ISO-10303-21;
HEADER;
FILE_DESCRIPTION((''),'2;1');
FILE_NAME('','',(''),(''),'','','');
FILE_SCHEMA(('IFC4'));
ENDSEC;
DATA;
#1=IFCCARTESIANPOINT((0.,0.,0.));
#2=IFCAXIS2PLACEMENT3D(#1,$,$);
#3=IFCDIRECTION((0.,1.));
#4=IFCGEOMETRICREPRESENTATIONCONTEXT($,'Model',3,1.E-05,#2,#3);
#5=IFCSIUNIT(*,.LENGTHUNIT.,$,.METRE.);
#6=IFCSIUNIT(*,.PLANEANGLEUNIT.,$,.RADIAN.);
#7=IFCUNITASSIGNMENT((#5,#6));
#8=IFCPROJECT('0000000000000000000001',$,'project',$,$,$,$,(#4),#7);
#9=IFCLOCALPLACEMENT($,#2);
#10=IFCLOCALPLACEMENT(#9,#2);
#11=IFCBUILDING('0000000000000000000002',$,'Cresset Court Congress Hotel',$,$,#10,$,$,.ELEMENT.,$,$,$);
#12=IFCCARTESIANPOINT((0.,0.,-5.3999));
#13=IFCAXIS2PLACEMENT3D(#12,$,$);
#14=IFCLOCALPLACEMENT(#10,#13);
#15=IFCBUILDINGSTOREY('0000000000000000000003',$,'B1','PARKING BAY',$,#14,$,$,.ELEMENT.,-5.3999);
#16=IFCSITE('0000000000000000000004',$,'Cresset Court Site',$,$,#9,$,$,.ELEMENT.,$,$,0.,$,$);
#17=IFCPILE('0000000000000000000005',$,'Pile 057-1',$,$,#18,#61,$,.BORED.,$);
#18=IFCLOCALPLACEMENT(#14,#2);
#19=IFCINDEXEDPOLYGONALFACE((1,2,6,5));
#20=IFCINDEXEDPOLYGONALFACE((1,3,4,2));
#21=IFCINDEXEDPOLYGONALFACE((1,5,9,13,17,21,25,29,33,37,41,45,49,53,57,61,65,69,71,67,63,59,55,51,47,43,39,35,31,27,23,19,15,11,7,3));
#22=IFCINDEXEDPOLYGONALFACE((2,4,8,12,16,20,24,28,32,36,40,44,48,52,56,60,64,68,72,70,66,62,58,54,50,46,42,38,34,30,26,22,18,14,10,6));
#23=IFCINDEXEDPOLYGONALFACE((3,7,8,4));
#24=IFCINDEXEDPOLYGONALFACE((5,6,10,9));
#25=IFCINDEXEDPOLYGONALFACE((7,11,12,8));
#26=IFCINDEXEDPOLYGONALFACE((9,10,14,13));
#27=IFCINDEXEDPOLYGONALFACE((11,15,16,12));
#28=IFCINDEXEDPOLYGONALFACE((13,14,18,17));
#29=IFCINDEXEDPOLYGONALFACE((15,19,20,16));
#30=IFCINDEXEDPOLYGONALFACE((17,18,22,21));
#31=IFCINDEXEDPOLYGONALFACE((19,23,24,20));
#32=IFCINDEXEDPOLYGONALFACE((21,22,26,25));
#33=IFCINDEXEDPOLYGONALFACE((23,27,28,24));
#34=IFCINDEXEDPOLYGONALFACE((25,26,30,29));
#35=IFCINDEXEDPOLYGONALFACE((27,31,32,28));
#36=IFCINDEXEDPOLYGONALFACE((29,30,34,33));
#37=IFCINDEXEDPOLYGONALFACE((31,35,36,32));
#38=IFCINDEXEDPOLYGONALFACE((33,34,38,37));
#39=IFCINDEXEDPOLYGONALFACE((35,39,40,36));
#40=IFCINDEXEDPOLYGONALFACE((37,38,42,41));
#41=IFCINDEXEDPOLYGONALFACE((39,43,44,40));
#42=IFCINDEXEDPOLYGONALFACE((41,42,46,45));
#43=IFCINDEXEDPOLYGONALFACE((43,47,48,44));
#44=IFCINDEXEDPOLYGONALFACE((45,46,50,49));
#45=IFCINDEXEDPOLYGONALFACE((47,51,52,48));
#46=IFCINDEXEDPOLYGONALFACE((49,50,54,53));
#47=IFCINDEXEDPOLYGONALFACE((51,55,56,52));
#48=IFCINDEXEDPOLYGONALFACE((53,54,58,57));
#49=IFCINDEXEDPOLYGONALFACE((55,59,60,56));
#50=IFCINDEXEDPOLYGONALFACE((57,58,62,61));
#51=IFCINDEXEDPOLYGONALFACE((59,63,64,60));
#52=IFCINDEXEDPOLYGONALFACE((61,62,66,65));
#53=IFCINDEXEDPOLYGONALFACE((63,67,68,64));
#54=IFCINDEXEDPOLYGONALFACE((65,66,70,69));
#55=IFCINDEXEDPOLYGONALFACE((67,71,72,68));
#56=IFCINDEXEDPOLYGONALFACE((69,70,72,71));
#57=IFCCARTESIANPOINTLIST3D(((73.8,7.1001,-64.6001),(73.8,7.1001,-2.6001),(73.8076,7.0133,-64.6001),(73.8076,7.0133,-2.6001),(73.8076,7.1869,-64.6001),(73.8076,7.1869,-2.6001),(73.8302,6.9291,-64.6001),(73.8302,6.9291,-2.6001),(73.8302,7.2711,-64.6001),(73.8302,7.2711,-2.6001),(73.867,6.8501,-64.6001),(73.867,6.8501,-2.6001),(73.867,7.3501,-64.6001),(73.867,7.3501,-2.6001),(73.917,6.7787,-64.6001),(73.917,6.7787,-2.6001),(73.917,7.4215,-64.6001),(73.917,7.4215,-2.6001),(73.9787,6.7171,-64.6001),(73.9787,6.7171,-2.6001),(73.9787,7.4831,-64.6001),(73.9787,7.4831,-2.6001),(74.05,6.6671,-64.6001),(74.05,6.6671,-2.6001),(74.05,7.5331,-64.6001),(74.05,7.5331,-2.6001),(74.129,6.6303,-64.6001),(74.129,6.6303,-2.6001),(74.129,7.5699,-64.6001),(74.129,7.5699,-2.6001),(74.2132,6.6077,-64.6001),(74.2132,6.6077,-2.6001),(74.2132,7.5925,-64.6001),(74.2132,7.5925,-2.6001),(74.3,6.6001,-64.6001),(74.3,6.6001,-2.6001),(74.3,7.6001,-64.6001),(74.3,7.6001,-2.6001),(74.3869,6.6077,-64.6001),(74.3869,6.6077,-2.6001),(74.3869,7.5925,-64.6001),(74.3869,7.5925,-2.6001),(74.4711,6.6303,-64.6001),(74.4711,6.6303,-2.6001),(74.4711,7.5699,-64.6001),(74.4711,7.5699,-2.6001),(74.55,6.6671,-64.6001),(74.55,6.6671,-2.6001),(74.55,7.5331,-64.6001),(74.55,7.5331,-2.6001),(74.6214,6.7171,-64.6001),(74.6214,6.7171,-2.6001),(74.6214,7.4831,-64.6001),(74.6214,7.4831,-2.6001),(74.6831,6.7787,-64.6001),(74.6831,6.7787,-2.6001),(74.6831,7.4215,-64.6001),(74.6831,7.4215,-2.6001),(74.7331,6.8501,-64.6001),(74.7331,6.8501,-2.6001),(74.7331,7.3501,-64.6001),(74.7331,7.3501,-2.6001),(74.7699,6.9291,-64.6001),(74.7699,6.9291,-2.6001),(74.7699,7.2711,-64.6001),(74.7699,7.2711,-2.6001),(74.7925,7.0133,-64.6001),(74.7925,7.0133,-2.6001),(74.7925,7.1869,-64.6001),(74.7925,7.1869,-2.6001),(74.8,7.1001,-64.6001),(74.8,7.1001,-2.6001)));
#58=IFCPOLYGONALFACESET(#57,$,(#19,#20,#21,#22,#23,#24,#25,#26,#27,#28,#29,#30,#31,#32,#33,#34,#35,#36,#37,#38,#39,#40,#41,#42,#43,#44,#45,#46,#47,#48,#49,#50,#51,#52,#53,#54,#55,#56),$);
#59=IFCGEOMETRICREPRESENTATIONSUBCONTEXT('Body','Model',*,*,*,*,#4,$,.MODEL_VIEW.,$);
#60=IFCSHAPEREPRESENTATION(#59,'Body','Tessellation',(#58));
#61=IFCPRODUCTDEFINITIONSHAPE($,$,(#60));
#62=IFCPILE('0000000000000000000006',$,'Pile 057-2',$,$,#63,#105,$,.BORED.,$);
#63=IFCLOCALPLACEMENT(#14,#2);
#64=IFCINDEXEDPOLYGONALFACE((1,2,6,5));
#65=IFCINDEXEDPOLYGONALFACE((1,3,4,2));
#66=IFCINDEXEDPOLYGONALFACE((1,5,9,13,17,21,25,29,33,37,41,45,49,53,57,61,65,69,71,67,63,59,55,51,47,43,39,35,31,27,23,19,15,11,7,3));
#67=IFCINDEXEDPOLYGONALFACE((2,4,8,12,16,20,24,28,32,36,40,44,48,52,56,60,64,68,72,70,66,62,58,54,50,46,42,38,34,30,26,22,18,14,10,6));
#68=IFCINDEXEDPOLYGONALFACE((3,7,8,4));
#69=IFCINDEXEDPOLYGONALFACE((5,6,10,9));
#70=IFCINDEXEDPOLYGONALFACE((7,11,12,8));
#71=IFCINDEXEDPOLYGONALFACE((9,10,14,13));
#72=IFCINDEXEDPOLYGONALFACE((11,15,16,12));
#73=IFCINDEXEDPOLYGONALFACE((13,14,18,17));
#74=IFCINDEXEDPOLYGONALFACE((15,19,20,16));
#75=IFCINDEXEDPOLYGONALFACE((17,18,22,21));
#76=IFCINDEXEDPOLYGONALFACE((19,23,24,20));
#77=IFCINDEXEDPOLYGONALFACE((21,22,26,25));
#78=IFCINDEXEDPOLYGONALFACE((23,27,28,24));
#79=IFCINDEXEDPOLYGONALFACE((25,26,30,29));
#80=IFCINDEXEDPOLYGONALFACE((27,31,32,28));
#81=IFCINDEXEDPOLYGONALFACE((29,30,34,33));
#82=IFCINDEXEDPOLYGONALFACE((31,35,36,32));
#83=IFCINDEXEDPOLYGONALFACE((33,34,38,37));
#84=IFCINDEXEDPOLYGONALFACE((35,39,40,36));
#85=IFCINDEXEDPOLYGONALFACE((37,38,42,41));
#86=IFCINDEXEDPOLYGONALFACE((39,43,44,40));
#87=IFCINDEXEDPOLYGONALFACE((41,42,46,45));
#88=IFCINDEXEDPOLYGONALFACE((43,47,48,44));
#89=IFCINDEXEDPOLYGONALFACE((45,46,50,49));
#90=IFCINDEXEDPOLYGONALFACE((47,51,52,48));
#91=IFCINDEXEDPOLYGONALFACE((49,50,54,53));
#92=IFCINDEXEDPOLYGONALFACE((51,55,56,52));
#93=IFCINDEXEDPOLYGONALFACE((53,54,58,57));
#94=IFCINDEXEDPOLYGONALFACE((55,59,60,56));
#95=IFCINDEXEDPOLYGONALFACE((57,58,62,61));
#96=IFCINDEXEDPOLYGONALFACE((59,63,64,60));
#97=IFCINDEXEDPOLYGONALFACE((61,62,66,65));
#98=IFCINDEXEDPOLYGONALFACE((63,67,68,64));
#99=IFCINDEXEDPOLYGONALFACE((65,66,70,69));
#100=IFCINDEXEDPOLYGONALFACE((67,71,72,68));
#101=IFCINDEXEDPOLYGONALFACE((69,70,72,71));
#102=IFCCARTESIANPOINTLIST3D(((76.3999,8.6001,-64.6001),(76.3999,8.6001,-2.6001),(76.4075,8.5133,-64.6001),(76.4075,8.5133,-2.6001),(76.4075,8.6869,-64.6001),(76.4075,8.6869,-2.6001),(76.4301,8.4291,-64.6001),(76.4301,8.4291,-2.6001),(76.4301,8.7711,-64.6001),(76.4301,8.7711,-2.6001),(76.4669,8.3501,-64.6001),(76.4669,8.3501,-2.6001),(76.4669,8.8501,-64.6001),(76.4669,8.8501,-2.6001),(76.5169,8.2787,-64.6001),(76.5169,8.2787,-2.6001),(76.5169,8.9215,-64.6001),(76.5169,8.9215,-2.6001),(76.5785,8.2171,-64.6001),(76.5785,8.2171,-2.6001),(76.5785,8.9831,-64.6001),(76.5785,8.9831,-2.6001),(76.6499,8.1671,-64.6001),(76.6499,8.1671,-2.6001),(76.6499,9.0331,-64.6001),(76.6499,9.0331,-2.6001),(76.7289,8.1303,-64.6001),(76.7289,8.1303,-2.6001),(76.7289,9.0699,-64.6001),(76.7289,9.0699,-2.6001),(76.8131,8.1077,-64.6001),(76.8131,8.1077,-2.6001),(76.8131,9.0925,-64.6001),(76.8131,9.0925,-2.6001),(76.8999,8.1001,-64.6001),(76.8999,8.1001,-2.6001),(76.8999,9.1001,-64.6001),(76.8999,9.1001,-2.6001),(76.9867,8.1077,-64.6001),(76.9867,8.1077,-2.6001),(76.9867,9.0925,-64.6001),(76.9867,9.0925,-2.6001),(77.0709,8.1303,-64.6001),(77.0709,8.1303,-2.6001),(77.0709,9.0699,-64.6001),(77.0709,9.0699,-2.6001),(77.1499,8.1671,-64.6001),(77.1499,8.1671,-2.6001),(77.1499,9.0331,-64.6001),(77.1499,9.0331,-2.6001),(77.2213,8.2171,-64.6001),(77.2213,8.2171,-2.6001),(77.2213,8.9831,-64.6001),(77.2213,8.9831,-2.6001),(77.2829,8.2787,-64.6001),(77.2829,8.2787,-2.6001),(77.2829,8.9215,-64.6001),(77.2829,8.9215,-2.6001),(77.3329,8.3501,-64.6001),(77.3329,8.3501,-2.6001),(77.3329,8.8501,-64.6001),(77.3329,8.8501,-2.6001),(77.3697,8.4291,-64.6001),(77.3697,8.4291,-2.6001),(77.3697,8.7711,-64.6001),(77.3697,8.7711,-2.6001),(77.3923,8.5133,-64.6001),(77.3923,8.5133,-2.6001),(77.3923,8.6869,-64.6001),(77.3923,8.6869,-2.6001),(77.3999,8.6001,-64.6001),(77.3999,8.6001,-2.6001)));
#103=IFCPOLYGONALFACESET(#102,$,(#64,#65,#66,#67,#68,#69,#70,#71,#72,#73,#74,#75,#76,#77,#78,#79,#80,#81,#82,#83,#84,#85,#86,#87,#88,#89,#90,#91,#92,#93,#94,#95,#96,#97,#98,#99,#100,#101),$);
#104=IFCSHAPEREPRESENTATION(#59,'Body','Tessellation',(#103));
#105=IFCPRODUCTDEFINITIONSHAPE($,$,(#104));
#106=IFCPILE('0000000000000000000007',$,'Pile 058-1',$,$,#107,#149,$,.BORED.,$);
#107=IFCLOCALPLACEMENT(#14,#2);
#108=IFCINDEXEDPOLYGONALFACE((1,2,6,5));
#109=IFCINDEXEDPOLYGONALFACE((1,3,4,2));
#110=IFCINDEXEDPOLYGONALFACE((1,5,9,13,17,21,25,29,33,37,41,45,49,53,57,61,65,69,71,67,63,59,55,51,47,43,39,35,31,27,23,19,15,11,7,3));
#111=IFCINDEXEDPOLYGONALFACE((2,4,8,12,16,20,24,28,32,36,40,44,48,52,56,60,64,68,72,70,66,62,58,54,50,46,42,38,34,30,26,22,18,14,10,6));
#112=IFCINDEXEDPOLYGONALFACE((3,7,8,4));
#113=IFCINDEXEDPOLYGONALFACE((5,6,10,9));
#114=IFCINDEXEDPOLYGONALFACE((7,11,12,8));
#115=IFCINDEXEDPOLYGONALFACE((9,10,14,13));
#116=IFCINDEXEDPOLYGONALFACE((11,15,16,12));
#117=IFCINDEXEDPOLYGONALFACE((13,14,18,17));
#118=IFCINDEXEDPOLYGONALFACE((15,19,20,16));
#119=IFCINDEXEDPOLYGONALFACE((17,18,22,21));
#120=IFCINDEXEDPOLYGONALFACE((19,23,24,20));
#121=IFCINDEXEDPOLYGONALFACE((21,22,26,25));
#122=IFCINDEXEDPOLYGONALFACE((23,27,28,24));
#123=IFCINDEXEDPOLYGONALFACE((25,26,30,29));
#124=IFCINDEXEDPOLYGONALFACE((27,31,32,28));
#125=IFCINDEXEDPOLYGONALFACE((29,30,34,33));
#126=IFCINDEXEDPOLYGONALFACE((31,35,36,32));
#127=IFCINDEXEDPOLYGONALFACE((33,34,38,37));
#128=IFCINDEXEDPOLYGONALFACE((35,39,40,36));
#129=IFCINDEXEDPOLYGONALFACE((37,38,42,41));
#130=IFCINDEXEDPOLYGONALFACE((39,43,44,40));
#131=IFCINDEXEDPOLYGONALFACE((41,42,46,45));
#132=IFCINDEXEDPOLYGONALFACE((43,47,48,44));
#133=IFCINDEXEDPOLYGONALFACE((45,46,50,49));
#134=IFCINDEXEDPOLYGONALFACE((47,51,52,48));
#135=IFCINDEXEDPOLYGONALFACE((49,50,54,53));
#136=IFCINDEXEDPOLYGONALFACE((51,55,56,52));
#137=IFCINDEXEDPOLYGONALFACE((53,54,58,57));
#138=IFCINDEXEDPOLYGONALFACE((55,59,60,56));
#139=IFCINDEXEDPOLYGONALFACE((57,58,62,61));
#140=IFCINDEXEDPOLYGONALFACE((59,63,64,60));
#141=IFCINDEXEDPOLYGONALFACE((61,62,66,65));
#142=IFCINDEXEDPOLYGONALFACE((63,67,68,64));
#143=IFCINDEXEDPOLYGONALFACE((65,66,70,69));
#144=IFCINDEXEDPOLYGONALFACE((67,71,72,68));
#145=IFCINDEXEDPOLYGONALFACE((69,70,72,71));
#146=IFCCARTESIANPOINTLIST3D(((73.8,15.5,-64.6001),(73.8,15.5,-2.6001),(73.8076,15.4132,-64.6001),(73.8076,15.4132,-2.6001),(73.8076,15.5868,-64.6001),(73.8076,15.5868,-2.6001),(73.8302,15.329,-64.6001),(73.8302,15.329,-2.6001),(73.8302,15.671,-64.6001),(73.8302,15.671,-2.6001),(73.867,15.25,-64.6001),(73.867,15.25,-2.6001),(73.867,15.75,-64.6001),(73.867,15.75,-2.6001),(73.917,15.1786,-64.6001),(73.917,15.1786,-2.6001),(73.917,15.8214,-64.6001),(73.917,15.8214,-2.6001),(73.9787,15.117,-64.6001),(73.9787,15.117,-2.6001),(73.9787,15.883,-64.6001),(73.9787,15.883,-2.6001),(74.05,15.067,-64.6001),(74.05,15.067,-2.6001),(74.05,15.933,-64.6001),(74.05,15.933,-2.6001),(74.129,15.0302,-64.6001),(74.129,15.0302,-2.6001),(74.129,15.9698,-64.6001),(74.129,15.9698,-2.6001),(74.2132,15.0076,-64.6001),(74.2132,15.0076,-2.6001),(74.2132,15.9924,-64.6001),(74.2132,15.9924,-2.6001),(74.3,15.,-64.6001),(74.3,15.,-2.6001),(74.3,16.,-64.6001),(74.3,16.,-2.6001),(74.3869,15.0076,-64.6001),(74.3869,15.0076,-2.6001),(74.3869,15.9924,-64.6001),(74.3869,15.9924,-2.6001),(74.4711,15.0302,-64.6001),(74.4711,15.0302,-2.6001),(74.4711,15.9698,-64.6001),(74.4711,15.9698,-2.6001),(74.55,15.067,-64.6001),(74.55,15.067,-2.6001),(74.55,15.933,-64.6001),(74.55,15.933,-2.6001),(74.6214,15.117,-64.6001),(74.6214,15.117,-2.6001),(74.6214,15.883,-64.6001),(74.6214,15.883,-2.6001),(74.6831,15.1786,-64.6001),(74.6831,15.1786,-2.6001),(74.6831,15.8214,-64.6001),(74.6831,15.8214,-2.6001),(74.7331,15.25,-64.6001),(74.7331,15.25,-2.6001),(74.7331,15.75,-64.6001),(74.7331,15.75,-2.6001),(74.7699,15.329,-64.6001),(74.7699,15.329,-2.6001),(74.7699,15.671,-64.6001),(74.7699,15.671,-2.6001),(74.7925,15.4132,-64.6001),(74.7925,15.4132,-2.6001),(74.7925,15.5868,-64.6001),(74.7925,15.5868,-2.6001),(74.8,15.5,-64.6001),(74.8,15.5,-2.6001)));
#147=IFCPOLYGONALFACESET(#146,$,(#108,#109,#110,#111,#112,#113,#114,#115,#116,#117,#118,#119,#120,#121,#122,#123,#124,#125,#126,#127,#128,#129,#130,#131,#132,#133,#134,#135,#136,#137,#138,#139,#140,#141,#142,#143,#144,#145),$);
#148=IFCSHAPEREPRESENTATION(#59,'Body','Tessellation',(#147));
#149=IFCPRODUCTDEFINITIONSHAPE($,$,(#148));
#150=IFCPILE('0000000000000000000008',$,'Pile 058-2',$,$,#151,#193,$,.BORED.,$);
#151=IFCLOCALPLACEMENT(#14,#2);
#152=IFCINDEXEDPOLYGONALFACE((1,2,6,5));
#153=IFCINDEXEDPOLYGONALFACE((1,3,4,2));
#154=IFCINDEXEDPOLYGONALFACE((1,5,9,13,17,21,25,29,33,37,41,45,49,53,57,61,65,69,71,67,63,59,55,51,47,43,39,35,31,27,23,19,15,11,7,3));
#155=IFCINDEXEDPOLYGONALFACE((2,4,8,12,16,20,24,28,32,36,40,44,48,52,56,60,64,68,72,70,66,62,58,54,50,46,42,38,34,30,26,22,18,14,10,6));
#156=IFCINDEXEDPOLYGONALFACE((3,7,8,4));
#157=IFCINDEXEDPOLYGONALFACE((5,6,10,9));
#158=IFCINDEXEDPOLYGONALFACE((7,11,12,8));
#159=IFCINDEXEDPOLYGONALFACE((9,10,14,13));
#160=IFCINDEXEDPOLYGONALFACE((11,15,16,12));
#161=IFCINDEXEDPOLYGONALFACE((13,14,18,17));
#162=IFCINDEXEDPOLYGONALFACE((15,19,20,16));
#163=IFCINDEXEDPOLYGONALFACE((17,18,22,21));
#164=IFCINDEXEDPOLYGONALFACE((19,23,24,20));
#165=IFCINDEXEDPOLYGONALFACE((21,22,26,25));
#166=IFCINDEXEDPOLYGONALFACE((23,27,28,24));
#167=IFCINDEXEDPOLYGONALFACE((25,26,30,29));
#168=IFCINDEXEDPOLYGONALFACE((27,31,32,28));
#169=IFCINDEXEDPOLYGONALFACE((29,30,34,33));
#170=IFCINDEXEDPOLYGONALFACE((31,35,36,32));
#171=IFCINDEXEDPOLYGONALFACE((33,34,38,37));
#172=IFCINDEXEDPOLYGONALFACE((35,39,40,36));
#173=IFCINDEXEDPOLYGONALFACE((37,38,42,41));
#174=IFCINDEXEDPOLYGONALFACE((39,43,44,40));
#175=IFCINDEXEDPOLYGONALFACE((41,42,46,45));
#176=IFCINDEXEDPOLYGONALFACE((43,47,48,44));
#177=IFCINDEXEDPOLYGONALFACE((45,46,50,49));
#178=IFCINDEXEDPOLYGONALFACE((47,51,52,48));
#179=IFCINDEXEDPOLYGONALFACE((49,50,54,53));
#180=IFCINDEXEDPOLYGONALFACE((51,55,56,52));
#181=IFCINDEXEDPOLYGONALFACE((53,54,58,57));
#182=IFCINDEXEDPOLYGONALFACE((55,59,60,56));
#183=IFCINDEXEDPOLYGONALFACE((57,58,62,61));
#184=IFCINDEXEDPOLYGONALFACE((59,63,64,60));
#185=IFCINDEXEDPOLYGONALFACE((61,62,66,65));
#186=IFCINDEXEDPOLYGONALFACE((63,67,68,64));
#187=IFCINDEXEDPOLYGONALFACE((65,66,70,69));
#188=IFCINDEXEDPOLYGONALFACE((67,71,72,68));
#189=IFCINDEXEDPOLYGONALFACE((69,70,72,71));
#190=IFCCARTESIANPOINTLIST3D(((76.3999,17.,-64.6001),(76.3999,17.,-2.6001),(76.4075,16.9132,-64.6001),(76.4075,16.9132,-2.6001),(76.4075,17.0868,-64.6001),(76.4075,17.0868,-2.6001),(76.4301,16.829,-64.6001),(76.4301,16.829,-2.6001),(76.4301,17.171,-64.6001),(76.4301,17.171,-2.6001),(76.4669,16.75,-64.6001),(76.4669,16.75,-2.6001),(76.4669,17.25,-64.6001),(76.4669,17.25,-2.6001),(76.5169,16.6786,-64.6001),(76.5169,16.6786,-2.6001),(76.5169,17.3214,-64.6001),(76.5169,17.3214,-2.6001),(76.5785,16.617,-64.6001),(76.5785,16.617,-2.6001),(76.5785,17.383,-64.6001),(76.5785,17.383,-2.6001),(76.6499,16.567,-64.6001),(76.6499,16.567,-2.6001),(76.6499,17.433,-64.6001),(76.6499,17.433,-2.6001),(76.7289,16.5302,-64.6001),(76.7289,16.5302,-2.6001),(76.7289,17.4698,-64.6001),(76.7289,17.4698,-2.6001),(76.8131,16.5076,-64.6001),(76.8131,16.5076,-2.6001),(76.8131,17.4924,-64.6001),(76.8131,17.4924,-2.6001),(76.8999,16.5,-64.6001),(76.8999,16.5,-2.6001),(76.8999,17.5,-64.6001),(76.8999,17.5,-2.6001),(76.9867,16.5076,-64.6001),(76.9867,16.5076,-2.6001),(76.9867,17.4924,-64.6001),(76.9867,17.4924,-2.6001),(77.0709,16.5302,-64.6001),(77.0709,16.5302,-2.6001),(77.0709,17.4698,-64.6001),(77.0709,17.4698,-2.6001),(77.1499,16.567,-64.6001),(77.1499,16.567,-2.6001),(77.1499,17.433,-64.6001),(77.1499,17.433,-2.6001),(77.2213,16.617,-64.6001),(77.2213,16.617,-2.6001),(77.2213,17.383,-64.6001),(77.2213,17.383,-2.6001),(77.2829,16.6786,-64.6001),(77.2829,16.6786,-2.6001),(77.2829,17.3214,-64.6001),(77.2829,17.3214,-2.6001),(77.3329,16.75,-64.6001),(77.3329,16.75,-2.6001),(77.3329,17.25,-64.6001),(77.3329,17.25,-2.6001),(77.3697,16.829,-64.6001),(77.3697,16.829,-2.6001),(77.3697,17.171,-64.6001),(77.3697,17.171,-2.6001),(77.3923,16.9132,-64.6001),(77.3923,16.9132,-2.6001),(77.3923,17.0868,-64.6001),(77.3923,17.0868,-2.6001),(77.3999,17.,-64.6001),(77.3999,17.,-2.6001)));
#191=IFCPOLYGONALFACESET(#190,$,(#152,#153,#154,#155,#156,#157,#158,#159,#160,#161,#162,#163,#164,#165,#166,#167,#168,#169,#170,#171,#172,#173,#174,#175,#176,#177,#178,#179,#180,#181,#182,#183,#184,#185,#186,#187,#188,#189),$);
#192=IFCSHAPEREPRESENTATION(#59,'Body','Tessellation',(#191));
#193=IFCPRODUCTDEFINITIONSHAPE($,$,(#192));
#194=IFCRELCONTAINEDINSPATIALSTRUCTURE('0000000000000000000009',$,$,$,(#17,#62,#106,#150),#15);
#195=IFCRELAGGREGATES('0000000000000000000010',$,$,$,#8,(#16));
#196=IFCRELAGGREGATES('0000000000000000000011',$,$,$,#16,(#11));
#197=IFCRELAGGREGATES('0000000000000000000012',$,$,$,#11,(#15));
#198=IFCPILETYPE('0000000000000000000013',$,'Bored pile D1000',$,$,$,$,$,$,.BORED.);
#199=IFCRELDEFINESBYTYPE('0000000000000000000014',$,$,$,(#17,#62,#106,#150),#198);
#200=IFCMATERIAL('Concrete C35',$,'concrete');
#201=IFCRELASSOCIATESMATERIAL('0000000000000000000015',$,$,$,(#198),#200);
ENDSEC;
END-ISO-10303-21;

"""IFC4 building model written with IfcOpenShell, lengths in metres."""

from ifc_helpers import new_model, si_unit, direction, frame, origin, origin_2d, place, context, subcontext, project, spatial, circle, extrude, material, type_object, element, save


model = new_model("IFC4")

# Units and contexts
model_context = context("Model", 3, precision=1e-05, world=origin(), true_north=direction((0.0, 1.0)))
body_context = subcontext(model_context, "Body", "Model", "MODEL_VIEW")
ifc_project = project(units=[si_unit("LENGTHUNIT", "METRE"), si_unit("PLANEANGLEUNIT", "RADIAN")], contexts=[model_context])

# Site, building, storey
site_placement = place(None, origin())
site = spatial("IfcSite", under=ifc_project, at=site_placement, Name="Cresset Court Site", CompositionType="ELEMENT", RefElevation=0.0)
building_placement = place(site_placement, origin())
building = spatial("IfcBuilding", under=site, at=building_placement, Name="Cresset Court Congress Hotel", CompositionType="ELEMENT")
storey_placement = place(building_placement, frame((0.0, 0.0, -5.3999)))
storey = spatial("IfcBuildingStorey", under=building, at=storey_placement, Name="B1", Description="PARKING BAY", CompositionType="ELEMENT", Elevation=-5.3999)

# Piles
ifc_material_1 = material(Name="Concrete C35", Category="concrete")
pile_type = type_object("IfcPileType", Name="Bored pile D1000", PredefinedType="BORED", material=ifc_material_1)
for number, where, z_axis, x_axis, name in (
    (1, (74.3, 7.1001, -2.6001), (0.0, 0.0, -1.0), (1.0, 0.0, 0.0), "Pile 057-1"),
    (2, (76.8999, 8.6001, -2.6001), (0.0, 0.0, -1.0), (1.0, 0.0, 0.0), "Pile 057-2"),
    (3, (74.3, 15.5, -2.6001), (0.0, 0.0, -1.0), (1.0, 0.0, 0.0), "Pile 058-1"),
    (4, (76.8999, 17.0, -2.6001), (0.0, 0.0, -1.0), (1.0, 0.0, 0.0), "Pile 058-2"),
):
    element("IfcPile", number, at=place(storey_placement, frame(where, z_axis=z_axis, x_axis=x_axis)), inside=storey, type_object=pile_type, Name=name, PredefinedType="BORED", context=body_context, shape_type="SweptSolid", body=[
        extrude(circle(Radius=0.5, at=origin_2d()), origin(), (0.0, 0.0, 1.0), 62.0),
    ])

save(model, "model.ifc")
